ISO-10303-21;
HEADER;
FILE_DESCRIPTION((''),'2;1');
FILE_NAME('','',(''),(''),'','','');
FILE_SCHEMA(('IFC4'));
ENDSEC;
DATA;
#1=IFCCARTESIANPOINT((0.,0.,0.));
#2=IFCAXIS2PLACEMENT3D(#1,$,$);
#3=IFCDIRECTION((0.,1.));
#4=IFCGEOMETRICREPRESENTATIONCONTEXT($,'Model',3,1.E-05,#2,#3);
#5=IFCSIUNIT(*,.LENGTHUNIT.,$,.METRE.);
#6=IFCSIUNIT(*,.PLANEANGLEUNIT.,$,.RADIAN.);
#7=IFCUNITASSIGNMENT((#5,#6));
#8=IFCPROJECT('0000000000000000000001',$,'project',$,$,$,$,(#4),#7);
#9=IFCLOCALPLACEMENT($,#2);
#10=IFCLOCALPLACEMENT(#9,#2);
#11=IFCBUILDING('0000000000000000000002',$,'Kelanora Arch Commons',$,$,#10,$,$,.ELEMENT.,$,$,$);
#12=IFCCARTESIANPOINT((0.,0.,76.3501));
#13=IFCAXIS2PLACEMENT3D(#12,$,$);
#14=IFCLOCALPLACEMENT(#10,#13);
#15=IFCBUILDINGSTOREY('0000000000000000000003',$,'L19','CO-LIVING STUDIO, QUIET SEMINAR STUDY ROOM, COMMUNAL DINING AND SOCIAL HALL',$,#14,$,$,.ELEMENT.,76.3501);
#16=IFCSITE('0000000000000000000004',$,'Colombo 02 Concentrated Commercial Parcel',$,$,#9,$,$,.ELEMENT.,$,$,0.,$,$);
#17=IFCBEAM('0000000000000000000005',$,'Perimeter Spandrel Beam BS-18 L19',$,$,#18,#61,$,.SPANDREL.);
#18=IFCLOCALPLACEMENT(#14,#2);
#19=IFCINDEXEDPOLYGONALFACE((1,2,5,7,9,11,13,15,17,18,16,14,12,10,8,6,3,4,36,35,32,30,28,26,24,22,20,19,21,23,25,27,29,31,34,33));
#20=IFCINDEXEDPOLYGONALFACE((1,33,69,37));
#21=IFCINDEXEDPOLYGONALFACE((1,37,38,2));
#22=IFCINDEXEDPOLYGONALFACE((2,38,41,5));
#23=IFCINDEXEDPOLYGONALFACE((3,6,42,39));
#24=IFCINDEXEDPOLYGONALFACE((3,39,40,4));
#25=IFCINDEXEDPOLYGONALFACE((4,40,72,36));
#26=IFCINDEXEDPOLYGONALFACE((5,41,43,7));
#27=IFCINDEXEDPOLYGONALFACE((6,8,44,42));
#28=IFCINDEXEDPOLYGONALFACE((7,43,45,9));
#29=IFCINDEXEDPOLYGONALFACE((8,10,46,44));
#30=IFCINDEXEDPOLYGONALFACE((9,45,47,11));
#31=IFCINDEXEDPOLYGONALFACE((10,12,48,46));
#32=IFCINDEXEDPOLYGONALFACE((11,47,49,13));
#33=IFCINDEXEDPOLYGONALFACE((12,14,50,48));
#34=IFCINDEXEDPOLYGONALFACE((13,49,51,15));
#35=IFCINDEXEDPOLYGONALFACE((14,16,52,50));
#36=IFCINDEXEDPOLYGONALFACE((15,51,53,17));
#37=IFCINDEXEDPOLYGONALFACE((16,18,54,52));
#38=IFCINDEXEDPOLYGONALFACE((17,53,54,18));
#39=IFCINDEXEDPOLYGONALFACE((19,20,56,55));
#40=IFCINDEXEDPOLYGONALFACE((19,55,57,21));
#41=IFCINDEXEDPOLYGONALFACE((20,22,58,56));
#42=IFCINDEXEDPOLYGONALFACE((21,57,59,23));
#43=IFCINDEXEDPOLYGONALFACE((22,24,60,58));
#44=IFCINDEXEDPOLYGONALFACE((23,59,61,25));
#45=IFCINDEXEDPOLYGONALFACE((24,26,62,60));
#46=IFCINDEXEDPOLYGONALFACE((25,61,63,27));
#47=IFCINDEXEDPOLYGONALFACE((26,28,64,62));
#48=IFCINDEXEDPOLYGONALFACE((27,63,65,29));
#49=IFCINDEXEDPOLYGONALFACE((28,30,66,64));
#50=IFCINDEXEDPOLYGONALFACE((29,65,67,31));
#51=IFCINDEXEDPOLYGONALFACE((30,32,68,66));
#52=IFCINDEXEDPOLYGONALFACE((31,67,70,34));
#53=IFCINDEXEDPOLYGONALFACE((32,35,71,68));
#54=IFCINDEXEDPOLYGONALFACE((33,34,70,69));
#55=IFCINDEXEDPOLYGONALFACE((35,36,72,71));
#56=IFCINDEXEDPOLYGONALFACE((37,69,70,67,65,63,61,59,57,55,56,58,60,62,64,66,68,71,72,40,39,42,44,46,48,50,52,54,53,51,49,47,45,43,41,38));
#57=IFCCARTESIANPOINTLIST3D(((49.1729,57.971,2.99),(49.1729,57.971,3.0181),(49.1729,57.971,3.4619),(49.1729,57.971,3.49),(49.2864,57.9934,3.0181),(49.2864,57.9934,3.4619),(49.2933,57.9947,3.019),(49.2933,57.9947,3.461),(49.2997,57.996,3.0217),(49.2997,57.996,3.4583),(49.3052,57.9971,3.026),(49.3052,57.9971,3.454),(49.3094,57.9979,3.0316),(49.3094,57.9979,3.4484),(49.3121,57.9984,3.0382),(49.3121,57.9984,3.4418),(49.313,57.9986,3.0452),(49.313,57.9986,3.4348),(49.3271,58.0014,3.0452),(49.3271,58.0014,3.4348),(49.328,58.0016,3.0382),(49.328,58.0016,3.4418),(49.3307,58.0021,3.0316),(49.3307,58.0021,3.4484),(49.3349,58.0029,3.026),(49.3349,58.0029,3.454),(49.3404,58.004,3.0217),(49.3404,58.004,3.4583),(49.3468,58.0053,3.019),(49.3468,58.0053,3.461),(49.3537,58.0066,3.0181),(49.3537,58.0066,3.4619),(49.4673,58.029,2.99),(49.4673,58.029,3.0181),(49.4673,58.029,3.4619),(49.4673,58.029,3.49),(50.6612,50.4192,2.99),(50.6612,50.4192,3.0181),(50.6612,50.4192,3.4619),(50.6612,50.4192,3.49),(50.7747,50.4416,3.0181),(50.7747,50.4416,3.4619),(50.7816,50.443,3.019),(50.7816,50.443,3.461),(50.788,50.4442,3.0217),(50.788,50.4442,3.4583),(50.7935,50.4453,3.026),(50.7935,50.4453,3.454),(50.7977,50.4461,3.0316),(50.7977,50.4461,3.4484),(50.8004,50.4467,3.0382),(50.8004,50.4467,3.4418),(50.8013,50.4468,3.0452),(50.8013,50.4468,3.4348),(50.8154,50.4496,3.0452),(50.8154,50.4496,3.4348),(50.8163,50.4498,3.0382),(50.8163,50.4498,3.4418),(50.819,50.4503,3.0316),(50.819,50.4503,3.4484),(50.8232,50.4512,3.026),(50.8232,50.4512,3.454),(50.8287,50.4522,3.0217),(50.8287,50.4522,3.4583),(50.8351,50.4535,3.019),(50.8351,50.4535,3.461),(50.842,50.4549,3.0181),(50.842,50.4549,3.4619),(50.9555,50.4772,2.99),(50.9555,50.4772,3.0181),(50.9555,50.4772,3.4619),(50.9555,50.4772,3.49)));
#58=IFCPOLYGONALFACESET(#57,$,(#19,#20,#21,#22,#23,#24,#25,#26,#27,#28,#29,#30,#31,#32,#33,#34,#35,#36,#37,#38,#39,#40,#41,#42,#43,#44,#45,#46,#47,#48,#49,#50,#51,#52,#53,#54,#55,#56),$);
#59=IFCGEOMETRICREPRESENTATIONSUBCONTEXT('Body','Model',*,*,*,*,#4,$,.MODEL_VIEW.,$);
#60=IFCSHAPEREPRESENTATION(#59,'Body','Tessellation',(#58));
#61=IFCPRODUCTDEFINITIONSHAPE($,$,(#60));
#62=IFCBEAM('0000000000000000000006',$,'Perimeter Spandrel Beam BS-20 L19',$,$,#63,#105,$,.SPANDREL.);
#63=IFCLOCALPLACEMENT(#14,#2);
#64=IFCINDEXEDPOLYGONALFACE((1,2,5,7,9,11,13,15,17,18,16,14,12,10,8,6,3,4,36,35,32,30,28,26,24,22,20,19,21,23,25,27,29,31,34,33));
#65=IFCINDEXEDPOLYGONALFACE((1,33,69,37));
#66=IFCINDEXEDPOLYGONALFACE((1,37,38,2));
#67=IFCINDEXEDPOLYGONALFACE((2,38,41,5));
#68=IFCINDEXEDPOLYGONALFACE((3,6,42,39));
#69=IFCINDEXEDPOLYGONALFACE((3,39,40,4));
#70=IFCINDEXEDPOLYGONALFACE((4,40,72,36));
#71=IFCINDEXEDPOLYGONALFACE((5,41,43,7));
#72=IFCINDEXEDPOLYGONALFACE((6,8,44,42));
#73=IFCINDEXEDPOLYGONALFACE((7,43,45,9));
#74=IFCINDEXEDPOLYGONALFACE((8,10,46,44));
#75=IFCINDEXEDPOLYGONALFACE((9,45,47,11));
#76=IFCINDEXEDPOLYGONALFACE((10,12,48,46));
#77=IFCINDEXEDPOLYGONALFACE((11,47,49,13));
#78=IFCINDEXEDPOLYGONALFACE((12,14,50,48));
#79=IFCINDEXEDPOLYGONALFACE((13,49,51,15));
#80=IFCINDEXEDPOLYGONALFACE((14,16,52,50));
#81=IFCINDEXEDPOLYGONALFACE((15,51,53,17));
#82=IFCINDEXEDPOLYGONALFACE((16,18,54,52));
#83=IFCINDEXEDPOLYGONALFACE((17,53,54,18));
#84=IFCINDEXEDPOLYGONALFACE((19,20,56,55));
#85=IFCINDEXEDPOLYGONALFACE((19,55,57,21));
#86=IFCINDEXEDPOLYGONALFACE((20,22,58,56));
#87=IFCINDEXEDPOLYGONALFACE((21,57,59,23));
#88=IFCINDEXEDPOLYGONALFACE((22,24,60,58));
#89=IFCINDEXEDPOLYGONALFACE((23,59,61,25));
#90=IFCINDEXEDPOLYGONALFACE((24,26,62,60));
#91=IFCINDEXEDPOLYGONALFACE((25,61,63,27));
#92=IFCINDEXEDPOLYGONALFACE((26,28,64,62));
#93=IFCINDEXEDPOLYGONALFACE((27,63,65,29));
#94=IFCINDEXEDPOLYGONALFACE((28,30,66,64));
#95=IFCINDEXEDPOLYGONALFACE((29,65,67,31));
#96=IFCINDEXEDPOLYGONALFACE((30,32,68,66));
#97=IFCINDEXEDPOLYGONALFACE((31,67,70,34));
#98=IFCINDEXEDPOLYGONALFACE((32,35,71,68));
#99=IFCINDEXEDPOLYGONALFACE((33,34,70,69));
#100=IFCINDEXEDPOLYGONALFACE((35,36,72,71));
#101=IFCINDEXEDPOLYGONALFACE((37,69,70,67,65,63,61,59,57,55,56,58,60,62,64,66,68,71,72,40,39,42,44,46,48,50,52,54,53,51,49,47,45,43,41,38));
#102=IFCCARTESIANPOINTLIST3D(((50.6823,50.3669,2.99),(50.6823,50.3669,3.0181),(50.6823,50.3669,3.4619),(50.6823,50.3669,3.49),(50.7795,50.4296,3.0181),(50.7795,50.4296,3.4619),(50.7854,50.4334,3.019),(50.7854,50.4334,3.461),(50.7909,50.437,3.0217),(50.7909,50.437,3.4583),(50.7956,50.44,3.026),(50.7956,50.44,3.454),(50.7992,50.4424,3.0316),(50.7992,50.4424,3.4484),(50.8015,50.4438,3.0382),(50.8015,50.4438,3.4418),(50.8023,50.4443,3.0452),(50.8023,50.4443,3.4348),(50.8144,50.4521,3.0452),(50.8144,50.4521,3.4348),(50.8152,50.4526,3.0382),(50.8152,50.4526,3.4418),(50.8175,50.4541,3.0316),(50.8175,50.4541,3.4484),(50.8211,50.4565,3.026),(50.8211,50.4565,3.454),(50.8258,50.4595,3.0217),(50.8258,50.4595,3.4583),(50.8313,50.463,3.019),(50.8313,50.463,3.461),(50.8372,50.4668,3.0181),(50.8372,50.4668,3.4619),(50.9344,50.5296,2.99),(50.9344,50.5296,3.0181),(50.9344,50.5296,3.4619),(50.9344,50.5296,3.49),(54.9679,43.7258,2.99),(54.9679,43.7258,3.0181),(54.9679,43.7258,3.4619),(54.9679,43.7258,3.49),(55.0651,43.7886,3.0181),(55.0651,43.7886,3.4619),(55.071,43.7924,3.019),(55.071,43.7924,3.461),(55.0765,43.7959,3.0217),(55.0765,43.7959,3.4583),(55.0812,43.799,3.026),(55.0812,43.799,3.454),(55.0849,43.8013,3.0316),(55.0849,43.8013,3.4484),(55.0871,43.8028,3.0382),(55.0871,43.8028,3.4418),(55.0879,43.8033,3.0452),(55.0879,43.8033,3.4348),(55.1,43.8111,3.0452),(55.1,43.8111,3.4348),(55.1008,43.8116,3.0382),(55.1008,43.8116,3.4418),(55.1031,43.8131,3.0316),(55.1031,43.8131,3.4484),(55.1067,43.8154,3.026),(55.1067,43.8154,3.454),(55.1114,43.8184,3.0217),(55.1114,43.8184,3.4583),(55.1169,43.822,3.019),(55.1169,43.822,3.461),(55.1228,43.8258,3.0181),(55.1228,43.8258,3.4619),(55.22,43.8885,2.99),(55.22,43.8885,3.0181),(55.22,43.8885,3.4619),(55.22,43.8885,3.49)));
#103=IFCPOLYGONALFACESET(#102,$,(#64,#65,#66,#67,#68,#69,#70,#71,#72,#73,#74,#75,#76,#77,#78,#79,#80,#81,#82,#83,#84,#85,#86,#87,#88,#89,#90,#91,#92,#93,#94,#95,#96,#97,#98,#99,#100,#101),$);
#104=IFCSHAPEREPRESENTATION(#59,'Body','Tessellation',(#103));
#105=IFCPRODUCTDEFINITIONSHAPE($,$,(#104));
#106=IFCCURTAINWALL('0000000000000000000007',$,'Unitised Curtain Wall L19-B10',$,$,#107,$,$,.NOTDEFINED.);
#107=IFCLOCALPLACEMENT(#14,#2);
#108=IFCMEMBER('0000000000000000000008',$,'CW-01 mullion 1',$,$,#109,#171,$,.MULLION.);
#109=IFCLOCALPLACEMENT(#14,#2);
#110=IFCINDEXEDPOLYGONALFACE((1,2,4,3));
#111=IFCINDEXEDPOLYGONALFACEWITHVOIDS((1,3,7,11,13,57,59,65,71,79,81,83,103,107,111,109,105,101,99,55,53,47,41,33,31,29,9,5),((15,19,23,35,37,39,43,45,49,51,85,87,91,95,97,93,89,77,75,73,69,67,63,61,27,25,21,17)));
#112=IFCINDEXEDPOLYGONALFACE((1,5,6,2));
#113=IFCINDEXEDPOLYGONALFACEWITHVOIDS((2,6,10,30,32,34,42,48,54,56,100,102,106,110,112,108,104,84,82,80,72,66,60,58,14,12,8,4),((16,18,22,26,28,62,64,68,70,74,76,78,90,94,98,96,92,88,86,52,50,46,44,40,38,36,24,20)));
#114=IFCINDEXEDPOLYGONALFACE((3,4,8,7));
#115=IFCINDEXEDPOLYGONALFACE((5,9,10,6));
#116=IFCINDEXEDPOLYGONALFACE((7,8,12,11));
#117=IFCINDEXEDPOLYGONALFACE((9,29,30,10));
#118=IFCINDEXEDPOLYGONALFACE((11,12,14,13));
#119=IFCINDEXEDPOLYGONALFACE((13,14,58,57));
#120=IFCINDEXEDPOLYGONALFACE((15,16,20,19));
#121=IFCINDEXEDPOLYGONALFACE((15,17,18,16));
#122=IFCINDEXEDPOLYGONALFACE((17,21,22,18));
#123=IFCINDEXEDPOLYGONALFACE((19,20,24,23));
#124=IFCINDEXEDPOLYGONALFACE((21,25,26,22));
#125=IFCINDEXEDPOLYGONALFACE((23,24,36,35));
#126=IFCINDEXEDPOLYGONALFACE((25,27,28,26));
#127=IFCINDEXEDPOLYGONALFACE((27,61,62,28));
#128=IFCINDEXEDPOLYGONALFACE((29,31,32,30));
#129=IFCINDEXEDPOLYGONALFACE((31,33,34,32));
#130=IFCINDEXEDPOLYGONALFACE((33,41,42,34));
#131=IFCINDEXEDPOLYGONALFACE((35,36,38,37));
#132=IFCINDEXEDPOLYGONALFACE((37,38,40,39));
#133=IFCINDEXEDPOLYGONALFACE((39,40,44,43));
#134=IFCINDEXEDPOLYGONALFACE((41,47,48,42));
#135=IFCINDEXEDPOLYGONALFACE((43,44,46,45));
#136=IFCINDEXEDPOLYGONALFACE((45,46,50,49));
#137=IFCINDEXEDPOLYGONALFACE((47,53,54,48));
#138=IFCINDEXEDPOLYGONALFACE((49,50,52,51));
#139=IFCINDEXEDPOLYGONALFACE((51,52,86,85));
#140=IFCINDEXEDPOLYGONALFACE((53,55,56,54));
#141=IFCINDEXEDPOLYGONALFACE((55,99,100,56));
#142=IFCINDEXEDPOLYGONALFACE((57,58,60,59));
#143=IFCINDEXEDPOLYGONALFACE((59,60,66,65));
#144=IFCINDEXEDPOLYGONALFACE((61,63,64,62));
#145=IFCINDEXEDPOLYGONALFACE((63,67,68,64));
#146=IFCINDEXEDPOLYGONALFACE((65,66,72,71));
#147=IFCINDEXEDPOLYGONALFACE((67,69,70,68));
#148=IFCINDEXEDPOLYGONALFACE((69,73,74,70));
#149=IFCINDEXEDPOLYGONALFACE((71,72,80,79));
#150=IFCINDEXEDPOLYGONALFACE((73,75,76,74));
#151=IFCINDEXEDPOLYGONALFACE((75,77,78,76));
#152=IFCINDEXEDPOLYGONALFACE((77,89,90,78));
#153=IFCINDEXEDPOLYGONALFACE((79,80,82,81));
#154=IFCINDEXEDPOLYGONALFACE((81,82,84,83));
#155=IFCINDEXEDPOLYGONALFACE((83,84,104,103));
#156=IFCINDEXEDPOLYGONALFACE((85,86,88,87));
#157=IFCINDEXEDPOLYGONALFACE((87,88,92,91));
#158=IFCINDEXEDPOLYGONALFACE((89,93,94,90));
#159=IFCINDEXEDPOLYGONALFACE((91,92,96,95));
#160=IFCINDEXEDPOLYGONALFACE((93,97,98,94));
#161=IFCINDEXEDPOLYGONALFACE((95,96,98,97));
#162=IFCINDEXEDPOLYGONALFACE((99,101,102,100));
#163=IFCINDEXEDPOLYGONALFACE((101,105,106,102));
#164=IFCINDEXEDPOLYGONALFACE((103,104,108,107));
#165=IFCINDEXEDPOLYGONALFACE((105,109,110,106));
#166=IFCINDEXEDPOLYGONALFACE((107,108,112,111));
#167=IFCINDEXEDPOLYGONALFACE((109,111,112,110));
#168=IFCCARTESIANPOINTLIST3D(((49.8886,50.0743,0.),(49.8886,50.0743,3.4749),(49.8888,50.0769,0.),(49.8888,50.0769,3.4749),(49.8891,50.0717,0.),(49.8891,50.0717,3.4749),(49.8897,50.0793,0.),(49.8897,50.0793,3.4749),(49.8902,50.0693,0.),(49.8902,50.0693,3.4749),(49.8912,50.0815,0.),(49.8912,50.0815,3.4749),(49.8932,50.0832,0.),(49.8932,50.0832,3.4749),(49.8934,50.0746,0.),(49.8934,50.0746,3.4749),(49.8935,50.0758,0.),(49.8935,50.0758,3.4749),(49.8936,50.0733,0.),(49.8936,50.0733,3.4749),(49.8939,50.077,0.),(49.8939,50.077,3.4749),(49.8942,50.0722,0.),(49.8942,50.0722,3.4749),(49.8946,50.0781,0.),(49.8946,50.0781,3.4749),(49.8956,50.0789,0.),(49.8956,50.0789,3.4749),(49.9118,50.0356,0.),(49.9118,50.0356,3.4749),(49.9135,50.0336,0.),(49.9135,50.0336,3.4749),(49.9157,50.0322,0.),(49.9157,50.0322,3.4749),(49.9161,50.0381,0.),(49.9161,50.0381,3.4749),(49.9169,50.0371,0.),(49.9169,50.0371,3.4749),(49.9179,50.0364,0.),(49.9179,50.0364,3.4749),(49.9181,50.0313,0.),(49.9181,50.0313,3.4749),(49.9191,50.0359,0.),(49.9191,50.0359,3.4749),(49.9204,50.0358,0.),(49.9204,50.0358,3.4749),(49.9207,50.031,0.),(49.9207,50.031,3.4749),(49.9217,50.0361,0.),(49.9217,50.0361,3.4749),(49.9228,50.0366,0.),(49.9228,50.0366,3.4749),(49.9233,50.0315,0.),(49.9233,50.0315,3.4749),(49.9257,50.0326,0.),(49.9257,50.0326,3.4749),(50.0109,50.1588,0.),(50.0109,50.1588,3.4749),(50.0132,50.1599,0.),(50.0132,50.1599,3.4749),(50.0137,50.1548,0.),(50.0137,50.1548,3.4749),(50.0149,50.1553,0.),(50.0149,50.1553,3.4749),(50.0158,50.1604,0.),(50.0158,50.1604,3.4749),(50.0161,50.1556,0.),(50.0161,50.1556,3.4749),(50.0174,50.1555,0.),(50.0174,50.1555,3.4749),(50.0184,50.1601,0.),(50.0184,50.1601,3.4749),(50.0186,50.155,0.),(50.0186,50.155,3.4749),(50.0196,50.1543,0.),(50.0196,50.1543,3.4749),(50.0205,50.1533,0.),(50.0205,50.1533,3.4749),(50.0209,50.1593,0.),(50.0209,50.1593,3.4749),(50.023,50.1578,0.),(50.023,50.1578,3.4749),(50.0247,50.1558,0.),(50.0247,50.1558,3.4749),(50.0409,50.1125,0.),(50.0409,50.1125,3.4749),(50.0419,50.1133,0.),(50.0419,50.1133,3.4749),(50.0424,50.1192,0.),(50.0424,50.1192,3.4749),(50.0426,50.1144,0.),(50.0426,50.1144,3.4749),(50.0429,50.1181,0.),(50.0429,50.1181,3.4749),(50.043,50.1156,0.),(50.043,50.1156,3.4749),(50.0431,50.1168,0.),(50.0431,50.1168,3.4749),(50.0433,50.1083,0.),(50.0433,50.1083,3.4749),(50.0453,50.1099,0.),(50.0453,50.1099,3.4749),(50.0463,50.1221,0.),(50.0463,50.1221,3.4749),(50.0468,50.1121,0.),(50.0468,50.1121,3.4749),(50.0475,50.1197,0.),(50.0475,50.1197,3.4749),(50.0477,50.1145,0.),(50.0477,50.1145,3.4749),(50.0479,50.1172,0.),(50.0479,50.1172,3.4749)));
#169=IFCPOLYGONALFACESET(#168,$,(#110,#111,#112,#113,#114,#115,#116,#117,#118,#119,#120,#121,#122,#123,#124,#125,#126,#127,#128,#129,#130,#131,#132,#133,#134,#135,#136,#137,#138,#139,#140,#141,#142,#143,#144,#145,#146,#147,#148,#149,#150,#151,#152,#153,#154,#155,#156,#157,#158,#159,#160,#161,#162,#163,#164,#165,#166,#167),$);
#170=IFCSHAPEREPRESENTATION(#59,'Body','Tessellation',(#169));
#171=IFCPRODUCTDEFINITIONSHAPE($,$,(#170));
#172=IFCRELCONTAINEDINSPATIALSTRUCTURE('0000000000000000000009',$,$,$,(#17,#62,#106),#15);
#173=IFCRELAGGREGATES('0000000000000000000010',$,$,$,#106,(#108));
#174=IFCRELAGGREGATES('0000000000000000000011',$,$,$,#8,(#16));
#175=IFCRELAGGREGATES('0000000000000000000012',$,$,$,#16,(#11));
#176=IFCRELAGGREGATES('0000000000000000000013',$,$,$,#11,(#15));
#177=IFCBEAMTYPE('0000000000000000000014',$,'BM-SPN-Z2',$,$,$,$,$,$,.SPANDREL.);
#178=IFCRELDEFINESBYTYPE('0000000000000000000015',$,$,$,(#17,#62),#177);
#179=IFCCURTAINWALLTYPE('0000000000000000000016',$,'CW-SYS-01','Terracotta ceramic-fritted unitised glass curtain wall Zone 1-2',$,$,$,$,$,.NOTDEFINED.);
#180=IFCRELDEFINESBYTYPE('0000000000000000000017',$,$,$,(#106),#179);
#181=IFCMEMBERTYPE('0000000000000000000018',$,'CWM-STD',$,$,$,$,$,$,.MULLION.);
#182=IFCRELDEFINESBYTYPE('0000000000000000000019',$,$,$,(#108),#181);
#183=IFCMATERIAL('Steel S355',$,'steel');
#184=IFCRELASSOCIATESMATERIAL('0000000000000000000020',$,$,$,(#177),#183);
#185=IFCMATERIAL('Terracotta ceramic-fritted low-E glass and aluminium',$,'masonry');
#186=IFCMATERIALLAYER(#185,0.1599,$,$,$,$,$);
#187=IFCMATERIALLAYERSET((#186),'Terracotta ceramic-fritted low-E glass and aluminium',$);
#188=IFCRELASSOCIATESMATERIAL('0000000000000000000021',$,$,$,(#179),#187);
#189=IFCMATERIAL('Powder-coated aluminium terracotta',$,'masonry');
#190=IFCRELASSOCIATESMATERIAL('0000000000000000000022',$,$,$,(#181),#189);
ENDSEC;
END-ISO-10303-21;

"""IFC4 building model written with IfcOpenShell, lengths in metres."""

from ifc_helpers import new_model, si_unit, direction, frame, origin, origin_2d, place, context, subcontext, project, spatial, hollow_rectangle, i_section, extrude, material, layer, layer_set, material_profile, profile_set, type_object, element, aggregate, save


model = new_model("IFC4")

# Units and contexts
model_context = context("Model", 3, precision=1e-05, world=origin(), true_north=direction((0.0, 1.0)))
body_context = subcontext(model_context, "Body", "Model", "MODEL_VIEW")
ifc_project = project(units=[si_unit("LENGTHUNIT", "METRE"), si_unit("PLANEANGLEUNIT", "RADIAN")], contexts=[model_context])

# Site, building, storey
site_placement = place(None, origin())
site = spatial("IfcSite", under=ifc_project, at=site_placement, Name="Colombo 02 Concentrated Commercial Parcel", CompositionType="ELEMENT", RefElevation=0.0)
building_placement = place(site_placement, origin())
building = spatial("IfcBuilding", under=site, at=building_placement, Name="Kelanora Arch Commons", CompositionType="ELEMENT")
storey_placement = place(building_placement, frame((0.0, 0.0, 76.3501)))
storey = spatial("IfcBuildingStorey", under=building, at=storey_placement, Name="L19", Description="CO-LIVING STUDIO, QUIET SEMINAR STUDY ROOM, COMMUNAL DINING AND SOCIAL HALL", CompositionType="ELEMENT", Elevation=76.3501)

# Beams
ifc_material_1 = material(Name="Steel S355", Category="steel")
ifc_material_profile_1 = material_profile(ifc_material_1, i_section(OverallWidth=0.3, OverallDepth=0.5, WebThickness=0.0144, FlangeThickness=0.0281, FilletRadius=0.0271, at=origin_2d()), Name="HEB500")
ifc_profile_set_1 = profile_set([ifc_material_profile_1], Name="Steel S355")
beam_type_1 = type_object("IfcBeamType", Name="BM-SPN-Z2", PredefinedType="SPANDREL", material=ifc_profile_set_1)
beam_1_placement = place(storey_placement, frame((49.3201, 58.0, 3.24), z_axis=(0.193358, -0.981128, 0.0), x_axis=(0.981128, 0.193358, 0.0)))
element("IfcBeam", 1, at=beam_1_placement, inside=storey, type_object=beam_type_1, Name="Perimeter Spandrel Beam BS-18 L19", PredefinedType="SPANDREL", context=body_context, shape_type="SweptSolid", body=[
    extrude(i_section(OverallWidth=0.3, OverallDepth=0.5, WebThickness=0.0144, FlangeThickness=0.0281, FilletRadius=0.0271, at=origin_2d()), origin(), (0.0, 0.0, 1.0), 7.697),
])
beam_2_placement = place(storey_placement, frame((50.8083, 50.4482, 3.24), z_axis=(0.542221, -0.840236, 0.0), x_axis=(0.840236, 0.542221, 0.0)))
element("IfcBeam", 2, at=beam_2_placement, inside=storey, type_object=beam_type_1, Name="Perimeter Spandrel Beam BS-20 L19", PredefinedType="SPANDREL", context=body_context, shape_type="SweptSolid", body=[
    extrude(i_section(OverallWidth=0.3, OverallDepth=0.5, WebThickness=0.0144, FlangeThickness=0.0281, FilletRadius=0.0271, at=origin_2d()), origin(), (0.0, 0.0, 1.0), 7.9038),
])

# Curtain wall, member
ifc_material_2 = material(Name="Terracotta ceramic-fritted low-E glass and aluminium", Category="masonry")
ifc_layer_1 = layer(ifc_material_2, 0.1599)
ifc_layer_set_1 = layer_set([ifc_layer_1], Name="Terracotta ceramic-fritted low-E glass and aluminium")
curtain_wall_type = type_object("IfcCurtainWallType", Name="CW-SYS-01", Description="Terracotta ceramic-fritted unitised glass curtain wall Zone 1-2", PredefinedType="NOTDEFINED", material=ifc_layer_set_1)
curtain_wall_placement = place(storey_placement, origin())
curtain_wall = element("IfcCurtainWall", 3, at=curtain_wall_placement, inside=storey, type_object=curtain_wall_type, Name="Unitised Curtain Wall L19-B10", PredefinedType="NOTDEFINED")
ifc_material_3 = material(Name="Powder-coated aluminium terracotta", Category="masonry")
ifc_material_profile_2 = material_profile(ifc_material_3, hollow_rectangle(XDim=0.1599, YDim=0.0601, WallThickness=0.0049, InnerFilletRadius=0.0049, OuterFilletRadius=0.01, at=origin_2d()), Name="CWM160x60")
ifc_profile_set_2 = profile_set([ifc_material_profile_2], Name="Powder-coated aluminium terracotta")
member_type_1 = type_object("IfcMemberType", Name="CWM-STD", PredefinedType="MULLION", material=ifc_profile_set_2)
member_1_placement = place(storey_placement, frame((49.9683, 50.0957, 0.0), z_axis=(0.0, 0.0, 1.0), x_axis=(0.841269, 0.540617, 0.0)))
member_1 = element("IfcMember", 4, at=member_1_placement, type_object=member_type_1, Name="CW-01 mullion 1", PredefinedType="MULLION", context=body_context, shape_type="SweptSolid", body=[
    extrude(hollow_rectangle(XDim=0.1599, YDim=0.0601, WallThickness=0.0049, InnerFilletRadius=0.0049, OuterFilletRadius=0.01, at=origin_2d()), origin(), (0.0, 0.0, 1.0), 3.4749),
])

aggregate(curtain_wall, [member_1])

save(model, "model.ifc")
